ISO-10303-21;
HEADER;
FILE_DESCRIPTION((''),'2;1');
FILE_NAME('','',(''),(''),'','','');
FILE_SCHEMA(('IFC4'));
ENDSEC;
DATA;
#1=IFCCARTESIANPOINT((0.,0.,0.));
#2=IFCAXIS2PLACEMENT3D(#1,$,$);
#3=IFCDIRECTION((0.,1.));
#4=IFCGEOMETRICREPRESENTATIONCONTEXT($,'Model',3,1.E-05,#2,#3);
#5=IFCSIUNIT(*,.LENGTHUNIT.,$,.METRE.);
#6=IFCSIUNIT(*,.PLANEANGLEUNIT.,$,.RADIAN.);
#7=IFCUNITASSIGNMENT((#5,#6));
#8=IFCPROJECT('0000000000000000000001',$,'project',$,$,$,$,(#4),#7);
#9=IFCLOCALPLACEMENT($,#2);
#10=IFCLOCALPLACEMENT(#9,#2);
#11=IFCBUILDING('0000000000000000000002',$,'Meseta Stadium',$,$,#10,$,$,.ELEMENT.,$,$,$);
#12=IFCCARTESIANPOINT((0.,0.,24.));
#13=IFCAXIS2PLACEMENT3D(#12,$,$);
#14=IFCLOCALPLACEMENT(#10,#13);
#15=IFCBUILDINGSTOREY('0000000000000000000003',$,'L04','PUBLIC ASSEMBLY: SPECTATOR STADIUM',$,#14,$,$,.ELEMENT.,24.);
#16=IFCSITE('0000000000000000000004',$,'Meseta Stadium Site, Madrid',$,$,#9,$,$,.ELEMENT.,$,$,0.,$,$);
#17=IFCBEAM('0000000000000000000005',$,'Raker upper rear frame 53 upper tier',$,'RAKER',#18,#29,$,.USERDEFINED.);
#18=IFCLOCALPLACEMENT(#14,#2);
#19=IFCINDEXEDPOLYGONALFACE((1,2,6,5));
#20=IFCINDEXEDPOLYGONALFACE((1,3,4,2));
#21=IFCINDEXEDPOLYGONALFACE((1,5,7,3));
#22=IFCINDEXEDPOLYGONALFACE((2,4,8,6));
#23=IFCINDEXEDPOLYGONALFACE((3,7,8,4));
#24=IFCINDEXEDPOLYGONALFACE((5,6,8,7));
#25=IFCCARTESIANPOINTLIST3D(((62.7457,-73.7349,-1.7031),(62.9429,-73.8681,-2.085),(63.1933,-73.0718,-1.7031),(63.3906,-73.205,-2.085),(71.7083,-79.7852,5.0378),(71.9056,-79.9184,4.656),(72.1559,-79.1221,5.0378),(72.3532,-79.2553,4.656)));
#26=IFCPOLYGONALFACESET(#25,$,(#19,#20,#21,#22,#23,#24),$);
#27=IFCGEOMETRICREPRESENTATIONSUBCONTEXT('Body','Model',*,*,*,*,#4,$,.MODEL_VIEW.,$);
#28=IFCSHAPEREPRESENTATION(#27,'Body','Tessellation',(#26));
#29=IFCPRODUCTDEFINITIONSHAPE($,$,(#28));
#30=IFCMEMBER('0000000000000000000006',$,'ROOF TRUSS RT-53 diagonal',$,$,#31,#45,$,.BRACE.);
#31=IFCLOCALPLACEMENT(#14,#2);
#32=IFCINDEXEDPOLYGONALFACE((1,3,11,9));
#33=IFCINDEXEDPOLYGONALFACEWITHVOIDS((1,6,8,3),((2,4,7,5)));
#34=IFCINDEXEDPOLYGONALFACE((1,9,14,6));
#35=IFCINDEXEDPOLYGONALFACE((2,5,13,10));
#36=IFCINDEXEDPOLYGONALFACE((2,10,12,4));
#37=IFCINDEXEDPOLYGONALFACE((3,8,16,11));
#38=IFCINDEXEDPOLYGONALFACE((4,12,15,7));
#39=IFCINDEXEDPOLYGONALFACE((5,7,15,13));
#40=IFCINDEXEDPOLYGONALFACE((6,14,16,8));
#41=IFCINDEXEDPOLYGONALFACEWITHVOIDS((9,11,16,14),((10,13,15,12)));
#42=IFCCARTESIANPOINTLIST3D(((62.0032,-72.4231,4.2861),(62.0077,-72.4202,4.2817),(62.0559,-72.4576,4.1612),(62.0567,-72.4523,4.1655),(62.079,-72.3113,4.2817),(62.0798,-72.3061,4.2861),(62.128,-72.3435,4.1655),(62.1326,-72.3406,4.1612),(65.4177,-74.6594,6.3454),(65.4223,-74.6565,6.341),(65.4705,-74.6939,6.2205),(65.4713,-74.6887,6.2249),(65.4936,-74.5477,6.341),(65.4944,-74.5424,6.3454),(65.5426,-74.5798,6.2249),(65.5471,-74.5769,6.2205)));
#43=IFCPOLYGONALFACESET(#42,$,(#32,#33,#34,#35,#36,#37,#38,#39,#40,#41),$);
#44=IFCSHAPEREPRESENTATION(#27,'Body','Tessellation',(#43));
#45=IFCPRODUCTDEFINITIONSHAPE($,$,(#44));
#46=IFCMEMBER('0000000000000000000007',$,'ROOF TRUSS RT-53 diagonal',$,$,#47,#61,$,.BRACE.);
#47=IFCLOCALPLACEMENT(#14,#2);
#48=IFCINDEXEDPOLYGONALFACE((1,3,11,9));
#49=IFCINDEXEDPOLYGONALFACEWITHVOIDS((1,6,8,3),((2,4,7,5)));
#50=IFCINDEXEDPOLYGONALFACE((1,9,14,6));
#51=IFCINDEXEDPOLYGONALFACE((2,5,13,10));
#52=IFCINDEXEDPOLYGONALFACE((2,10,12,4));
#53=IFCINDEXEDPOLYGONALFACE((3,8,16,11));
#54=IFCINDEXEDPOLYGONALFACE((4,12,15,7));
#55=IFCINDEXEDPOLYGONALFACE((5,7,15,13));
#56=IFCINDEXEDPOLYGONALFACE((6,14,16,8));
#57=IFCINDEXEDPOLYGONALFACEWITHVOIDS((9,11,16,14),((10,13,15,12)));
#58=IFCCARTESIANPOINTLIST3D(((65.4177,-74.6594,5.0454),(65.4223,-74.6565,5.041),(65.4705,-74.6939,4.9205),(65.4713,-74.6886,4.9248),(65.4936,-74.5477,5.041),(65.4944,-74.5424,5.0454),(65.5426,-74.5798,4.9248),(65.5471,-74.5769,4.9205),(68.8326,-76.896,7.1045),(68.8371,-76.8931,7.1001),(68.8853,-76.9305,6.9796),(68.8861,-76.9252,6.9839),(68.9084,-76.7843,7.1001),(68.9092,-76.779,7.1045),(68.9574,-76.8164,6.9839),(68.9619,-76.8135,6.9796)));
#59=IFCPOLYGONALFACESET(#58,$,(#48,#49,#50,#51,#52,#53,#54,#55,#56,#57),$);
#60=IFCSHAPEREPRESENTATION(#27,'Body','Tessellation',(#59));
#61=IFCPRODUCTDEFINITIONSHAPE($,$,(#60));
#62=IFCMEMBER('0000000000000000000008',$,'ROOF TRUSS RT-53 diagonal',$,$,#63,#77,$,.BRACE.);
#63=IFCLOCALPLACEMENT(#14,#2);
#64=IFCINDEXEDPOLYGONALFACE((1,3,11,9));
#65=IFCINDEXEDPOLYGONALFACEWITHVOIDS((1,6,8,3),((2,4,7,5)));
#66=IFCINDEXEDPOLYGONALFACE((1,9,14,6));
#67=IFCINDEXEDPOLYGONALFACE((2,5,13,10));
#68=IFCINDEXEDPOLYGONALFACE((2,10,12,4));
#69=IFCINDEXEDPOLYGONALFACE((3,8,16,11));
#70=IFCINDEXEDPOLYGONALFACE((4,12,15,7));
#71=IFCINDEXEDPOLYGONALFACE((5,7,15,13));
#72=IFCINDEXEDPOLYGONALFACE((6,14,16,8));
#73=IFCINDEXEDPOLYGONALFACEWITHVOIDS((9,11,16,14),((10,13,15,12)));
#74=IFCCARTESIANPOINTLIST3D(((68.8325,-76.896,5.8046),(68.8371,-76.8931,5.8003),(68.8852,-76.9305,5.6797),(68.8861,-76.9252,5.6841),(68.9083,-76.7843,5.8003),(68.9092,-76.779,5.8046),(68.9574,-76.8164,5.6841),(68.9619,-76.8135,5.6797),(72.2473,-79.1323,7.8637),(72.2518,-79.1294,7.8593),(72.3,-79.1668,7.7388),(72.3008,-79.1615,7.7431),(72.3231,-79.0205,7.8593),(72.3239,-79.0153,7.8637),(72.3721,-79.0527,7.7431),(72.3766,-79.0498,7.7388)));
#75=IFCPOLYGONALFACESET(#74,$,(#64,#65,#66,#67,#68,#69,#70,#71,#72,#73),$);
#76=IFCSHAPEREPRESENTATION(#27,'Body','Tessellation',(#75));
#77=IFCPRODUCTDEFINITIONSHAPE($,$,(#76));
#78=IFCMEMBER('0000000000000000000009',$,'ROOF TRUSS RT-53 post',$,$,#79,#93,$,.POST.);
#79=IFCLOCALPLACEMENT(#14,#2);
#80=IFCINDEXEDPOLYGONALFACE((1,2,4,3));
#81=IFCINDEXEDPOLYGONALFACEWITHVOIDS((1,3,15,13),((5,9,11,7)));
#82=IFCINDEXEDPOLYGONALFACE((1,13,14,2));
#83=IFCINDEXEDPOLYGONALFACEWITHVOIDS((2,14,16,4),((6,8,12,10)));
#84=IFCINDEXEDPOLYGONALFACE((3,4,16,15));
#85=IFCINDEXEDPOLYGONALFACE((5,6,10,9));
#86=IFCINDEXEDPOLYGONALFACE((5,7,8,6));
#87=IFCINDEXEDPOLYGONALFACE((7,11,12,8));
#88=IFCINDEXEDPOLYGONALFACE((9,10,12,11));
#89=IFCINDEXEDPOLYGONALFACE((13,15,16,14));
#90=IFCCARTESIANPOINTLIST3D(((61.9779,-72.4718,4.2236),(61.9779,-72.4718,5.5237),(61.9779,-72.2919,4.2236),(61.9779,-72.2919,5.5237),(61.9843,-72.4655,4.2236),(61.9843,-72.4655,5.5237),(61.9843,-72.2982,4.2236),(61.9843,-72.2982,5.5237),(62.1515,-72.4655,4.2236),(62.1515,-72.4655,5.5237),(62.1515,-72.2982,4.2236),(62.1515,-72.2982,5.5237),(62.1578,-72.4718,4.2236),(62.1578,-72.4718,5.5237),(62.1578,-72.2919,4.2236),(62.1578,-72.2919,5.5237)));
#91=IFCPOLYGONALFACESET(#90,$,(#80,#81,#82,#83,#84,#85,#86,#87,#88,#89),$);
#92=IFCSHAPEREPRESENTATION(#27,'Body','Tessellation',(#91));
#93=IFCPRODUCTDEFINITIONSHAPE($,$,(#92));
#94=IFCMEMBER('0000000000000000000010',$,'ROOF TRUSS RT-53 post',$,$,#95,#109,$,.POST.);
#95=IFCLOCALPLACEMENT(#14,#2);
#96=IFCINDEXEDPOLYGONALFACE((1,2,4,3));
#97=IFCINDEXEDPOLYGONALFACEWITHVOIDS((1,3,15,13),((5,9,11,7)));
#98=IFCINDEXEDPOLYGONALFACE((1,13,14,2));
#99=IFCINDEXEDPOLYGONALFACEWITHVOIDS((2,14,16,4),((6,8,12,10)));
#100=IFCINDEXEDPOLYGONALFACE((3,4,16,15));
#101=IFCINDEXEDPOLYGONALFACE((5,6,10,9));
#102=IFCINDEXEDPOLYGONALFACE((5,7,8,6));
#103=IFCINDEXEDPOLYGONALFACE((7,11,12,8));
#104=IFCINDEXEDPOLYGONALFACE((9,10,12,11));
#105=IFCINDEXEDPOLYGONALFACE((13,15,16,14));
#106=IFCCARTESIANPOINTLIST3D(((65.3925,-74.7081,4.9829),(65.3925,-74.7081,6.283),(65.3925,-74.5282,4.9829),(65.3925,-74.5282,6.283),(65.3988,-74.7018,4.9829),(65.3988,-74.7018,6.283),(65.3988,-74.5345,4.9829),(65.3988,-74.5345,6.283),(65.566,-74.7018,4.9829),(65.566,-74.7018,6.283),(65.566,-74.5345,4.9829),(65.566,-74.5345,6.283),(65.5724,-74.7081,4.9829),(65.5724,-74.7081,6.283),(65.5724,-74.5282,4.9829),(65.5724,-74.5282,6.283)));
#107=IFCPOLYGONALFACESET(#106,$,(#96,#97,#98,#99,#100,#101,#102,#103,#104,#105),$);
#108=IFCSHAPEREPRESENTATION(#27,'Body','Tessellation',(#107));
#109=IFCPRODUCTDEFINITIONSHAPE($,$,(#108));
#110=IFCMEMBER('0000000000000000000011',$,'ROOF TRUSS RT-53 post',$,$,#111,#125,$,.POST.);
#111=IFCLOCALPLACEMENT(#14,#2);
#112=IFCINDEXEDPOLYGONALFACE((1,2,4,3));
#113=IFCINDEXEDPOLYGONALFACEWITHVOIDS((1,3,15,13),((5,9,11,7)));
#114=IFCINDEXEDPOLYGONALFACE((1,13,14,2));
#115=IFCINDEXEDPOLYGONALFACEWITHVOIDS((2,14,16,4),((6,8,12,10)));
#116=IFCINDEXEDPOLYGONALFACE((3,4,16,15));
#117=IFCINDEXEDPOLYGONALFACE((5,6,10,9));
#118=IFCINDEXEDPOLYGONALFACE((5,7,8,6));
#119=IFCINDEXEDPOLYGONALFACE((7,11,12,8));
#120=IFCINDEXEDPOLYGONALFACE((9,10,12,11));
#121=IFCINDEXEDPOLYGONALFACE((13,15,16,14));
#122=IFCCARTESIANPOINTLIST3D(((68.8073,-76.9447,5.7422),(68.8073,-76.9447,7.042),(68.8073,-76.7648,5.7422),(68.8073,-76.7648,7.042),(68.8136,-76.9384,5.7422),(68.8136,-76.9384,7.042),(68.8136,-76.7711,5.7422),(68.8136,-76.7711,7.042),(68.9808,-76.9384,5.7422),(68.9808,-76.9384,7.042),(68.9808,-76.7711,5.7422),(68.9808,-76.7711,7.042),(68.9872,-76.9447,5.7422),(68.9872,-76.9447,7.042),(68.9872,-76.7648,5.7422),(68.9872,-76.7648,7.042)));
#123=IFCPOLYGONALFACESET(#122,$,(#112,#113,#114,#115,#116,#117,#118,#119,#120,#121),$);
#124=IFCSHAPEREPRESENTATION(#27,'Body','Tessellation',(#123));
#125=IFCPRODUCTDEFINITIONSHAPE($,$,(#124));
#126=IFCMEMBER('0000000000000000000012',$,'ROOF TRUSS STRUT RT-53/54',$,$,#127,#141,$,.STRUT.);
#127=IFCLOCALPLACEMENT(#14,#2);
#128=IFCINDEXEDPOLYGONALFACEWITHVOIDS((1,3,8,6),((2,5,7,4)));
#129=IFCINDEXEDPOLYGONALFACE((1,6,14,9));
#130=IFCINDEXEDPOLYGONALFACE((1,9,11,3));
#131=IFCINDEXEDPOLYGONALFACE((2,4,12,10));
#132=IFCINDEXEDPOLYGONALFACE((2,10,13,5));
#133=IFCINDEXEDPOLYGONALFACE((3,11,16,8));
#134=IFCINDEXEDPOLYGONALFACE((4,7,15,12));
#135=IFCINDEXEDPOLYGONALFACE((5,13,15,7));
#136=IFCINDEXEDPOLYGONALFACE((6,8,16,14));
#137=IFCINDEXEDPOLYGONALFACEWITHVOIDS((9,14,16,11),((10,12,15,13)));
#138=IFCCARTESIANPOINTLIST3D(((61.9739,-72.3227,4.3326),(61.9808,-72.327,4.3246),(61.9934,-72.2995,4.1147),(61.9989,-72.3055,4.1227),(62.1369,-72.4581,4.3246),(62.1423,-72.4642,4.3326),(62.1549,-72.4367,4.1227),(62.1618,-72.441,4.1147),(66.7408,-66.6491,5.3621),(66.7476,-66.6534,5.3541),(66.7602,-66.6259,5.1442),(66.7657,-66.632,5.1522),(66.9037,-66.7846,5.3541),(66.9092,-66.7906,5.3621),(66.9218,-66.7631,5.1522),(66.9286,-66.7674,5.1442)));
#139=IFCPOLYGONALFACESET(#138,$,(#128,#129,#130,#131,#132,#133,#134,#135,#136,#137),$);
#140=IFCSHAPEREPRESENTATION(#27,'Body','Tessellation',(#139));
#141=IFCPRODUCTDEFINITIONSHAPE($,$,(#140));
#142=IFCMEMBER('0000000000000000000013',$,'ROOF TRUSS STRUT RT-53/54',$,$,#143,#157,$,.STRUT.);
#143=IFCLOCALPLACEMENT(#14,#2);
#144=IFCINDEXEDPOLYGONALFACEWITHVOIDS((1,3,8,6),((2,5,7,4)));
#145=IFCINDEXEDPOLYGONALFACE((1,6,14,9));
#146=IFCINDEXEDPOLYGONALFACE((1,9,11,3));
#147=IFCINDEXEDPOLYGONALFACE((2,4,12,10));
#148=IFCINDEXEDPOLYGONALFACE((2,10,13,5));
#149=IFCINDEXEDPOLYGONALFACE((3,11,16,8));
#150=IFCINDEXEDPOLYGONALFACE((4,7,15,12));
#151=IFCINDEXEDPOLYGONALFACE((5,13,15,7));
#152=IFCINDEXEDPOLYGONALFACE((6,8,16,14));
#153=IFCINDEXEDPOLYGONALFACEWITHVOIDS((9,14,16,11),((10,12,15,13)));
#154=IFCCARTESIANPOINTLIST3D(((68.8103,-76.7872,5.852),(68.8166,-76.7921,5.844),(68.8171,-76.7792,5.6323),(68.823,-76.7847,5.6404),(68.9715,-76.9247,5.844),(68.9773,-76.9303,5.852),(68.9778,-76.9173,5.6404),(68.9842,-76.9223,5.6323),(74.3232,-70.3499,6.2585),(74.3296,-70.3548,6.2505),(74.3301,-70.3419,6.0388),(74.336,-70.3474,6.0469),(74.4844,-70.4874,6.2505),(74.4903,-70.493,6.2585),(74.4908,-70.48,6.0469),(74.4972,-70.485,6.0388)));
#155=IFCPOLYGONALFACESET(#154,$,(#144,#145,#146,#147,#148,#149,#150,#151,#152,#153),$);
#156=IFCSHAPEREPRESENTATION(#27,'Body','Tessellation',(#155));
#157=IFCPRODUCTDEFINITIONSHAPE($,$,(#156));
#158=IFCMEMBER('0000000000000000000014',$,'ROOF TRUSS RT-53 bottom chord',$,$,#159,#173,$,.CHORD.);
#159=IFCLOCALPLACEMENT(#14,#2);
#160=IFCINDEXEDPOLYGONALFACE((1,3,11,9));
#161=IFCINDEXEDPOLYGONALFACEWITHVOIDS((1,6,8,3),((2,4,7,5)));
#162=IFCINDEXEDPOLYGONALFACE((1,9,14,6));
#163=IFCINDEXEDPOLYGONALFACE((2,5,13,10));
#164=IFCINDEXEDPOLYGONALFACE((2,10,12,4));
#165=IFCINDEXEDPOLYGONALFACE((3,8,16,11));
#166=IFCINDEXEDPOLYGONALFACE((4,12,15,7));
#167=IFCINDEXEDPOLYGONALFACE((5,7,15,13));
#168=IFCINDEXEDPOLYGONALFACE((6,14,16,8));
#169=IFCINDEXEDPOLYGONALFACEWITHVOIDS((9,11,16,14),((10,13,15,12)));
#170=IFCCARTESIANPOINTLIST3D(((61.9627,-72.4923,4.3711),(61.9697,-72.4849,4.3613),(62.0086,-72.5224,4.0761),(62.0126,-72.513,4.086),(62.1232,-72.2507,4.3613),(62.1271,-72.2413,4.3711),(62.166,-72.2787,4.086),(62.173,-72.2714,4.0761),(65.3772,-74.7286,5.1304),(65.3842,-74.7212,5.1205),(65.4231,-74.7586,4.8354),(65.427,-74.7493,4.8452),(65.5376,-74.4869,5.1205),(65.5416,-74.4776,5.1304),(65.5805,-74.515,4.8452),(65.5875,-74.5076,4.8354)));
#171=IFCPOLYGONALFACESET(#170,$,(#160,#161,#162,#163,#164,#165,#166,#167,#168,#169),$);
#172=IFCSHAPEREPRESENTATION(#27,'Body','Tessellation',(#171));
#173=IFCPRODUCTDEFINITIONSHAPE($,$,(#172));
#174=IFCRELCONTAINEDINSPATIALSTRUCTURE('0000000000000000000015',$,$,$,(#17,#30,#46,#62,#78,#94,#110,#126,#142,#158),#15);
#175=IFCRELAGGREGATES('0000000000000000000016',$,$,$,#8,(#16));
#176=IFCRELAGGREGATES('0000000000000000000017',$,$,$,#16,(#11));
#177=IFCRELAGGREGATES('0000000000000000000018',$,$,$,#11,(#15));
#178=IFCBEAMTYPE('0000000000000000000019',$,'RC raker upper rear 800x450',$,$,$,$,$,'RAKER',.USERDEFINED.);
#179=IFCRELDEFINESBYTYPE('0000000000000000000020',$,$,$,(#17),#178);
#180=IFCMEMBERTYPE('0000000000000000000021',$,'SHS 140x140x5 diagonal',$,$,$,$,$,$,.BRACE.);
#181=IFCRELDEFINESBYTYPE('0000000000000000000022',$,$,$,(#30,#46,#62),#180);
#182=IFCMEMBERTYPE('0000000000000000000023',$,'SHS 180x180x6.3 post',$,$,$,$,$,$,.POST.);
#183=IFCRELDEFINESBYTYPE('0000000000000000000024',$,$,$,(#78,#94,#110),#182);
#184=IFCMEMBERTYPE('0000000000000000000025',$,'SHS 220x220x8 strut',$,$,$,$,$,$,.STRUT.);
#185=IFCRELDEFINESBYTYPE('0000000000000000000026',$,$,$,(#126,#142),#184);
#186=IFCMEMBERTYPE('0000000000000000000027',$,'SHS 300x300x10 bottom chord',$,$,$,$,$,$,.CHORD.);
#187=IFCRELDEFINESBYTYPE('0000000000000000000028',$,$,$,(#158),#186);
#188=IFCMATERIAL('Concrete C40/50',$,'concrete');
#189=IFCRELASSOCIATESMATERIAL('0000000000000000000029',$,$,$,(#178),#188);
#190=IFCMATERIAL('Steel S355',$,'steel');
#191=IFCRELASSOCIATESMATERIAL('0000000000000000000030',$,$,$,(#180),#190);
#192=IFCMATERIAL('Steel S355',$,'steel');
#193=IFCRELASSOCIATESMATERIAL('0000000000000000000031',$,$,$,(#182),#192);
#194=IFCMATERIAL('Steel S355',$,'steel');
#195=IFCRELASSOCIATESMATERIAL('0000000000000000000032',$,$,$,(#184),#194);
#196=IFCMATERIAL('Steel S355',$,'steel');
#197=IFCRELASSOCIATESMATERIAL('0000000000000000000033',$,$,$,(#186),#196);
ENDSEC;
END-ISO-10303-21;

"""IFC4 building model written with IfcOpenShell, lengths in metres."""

from ifc_helpers import new_model, si_unit, direction, frame, origin, origin_2d, place, context, subcontext, project, spatial, rectangle, hollow_rectangle, extrude, material, material_profile, profile_set, type_object, element, save


model = new_model("IFC4")

# Units and contexts
model_context = context("Model", 3, precision=1e-05, world=origin(), true_north=direction((0.0, 1.0)))
body_context = subcontext(model_context, "Body", "Model", "MODEL_VIEW")
ifc_project = project(units=[si_unit("LENGTHUNIT", "METRE"), si_unit("PLANEANGLEUNIT", "RADIAN")], contexts=[model_context])

# Site, building, storey
site_placement = place(None, origin())
site = spatial("IfcSite", under=ifc_project, at=site_placement, Name="Meseta Stadium Site, Madrid", CompositionType="ELEMENT", RefElevation=0.0)
building_placement = place(site_placement, origin())
building = spatial("IfcBuilding", under=site, at=building_placement, Name="Meseta Stadium", CompositionType="ELEMENT")
storey_placement = place(building_placement, frame((0.0, 0.0, 24.0)))
storey = spatial("IfcBuildingStorey", under=building, at=storey_placement, Name="L04", Description="PUBLIC ASSEMBLY: SPECTATOR STADIUM", CompositionType="ELEMENT", Elevation=24.0)

# Beam
ifc_material_1 = material(Name="Concrete C40/50", Category="concrete")
ifc_material_profile_1 = material_profile(ifc_material_1, rectangle(XDim=0.8, YDim=0.45, at=origin_2d()), Name="RC 800x450")
ifc_profile_set_1 = profile_set([ifc_material_profile_1], Name="Concrete C40/50")
beam_type = type_object("IfcBeamType", Name="RC raker upper rear 800x450", ElementType="RAKER", PredefinedType="USERDEFINED", material=ifc_profile_set_1)
beam_placement = place(storey_placement, frame((63.0681, -73.47, -1.894), z_axis=(0.703357, -0.474806, 0.529007), x_axis=(0.559505, 0.828827, 0.0)))
element("IfcBeam", 1, at=beam_placement, inside=storey, type_object=beam_type, Name="Raker upper rear frame 53 upper tier", ObjectType="RAKER", PredefinedType="USERDEFINED", context=body_context, shape_type="SweptSolid", body=[
    extrude(rectangle(XDim=0.8, YDim=0.45, at=origin_2d()), origin(), (0.0, 0.0, 1.0), 12.7427),
])

# Members
ifc_material_2 = material(Name="Steel S355", Category="steel")
ifc_material_profile_2 = material_profile(ifc_material_2, hollow_rectangle(XDim=0.1399, YDim=0.1399, WallThickness=0.0049, at=origin_2d()), Name="SHS 140x140x5")
ifc_profile_set_2 = profile_set([ifc_material_profile_2], Name="Steel S355")
member_type_1 = type_object("IfcMemberType", Name="SHS 140x140x5 diagonal", PredefinedType="BRACE", material=ifc_profile_set_2)
member_1_placement = place(storey_placement, frame((62.0679, -72.3818, 4.2236), z_axis=(0.746876, -0.489159, 0.450443), x_axis=(0.547891, 0.83655, 0.0)))
element("IfcMember", 2, at=member_1_placement, inside=storey, type_object=member_type_1, Name="ROOF TRUSS RT-53 diagonal", PredefinedType="BRACE", context=body_context, shape_type="SweptSolid", body=[
    extrude(hollow_rectangle(XDim=0.1399, YDim=0.1399, WallThickness=0.0049, at=origin_2d()), origin(), (0.0, 0.0, 1.0), 4.5718),
])
member_2_placement = place(storey_placement, frame((65.4824, -74.6182, 4.9829), z_axis=(0.746898, -0.489192, 0.450371), x_axis=(0.547905, 0.836541, 0.0)))
element("IfcMember", 3, at=member_2_placement, inside=storey, type_object=member_type_1, Name="ROOF TRUSS RT-53 diagonal", PredefinedType="BRACE", context=body_context, shape_type="SweptSolid", body=[
    extrude(hollow_rectangle(XDim=0.1399, YDim=0.1399, WallThickness=0.0049, at=origin_2d()), origin(), (0.0, 0.0, 1.0), 4.572),
])
member_3_placement = place(storey_placement, frame((68.8972, -76.8547, 5.7422), z_axis=(0.746918, -0.489152, 0.450383), x_axis=(0.547863, 0.836568, 0.0)))
element("IfcMember", 4, at=member_3_placement, inside=storey, type_object=member_type_1, Name="ROOF TRUSS RT-53 diagonal", PredefinedType="BRACE", context=body_context, shape_type="SweptSolid", body=[
    extrude(hollow_rectangle(XDim=0.1399, YDim=0.1399, WallThickness=0.0049, at=origin_2d()), origin(), (0.0, 0.0, 1.0), 4.5718),
])
ifc_material_3 = material(Name="Steel S355", Category="steel")
ifc_material_profile_3 = material_profile(ifc_material_3, hollow_rectangle(XDim=0.1799, YDim=0.1799, WallThickness=0.0063, at=origin_2d()), Name="SHS 180x180x6.3")
ifc_profile_set_3 = profile_set([ifc_material_profile_3], Name="Steel S355")
member_type_2 = type_object("IfcMemberType", Name="SHS 180x180x6.3 post", PredefinedType="POST", material=ifc_profile_set_3)
for number, where, z_axis, x_axis, name in (
    (5, (62.0679, -72.3818, 4.2236), (0.0, 0.0, 1.0), (1.0, 0.0, 0.0), "ROOF TRUSS RT-53 post"),
    (6, (65.4824, -74.6182, 4.9829), (0.0, 0.0, 1.0), (1.0, 0.0, 0.0), "ROOF TRUSS RT-53 post"),
):
    element("IfcMember", number, at=place(storey_placement, frame(where, z_axis=z_axis, x_axis=x_axis)), inside=storey, type_object=member_type_2, Name=name, PredefinedType="POST", context=body_context, shape_type="SweptSolid", body=[
        extrude(hollow_rectangle(XDim=0.1799, YDim=0.1799, WallThickness=0.0063, at=origin_2d()), origin(), (0.0, 0.0, 1.0), 1.3),
    ])
member_4_placement = place(storey_placement, frame((68.8972, -76.8547, 5.7422), z_axis=(0.0, 0.0, 1.0), x_axis=(1.0, 0.0, 0.0)))
element("IfcMember", 7, at=member_4_placement, inside=storey, type_object=member_type_2, Name="ROOF TRUSS RT-53 post", PredefinedType="POST", context=body_context, shape_type="SweptSolid", body=[
    extrude(hollow_rectangle(XDim=0.1799, YDim=0.1799, WallThickness=0.0063, at=origin_2d()), origin(), (0.0, 0.0, 1.0), 1.2998),
])
ifc_material_4 = material(Name="Steel S355", Category="steel")
ifc_material_profile_4 = material_profile(ifc_material_4, hollow_rectangle(XDim=0.22, YDim=0.22, WallThickness=0.0081, at=origin_2d()), Name="SHS 220x220x8")
ifc_profile_set_4 = profile_set([ifc_material_profile_4], Name="Steel S355")
member_type_3 = type_object("IfcMemberType", Name="SHS 220x220x8 strut", PredefinedType="STRUT", material=ifc_profile_set_4)
member_5_placement = place(storey_placement, frame((62.0679, -72.3818, 4.2236), z_axis=(0.637154, 0.758352, 0.137612), x_axis=(-0.765636, 0.643274, 0.0)))
element("IfcMember", 8, at=member_5_placement, inside=storey, type_object=member_type_3, Name="ROOF TRUSS STRUT RT-53/54", PredefinedType="STRUT", context=body_context, shape_type="SweptSolid", body=[
    extrude(hollow_rectangle(XDim=0.22, YDim=0.22, WallThickness=0.0081, at=origin_2d()), origin(), (0.0, 0.0, 1.0), 7.4814),
])
member_6_placement = place(storey_placement, frame((68.8972, -76.8547, 5.7422), z_axis=(0.649724, 0.758659, 0.047907), x_axis=(-0.759531, 0.650471, 0.0)))
element("IfcMember", 9, at=member_6_placement, inside=storey, type_object=member_type_3, Name="ROOF TRUSS STRUT RT-53/54", PredefinedType="STRUT", context=body_context, shape_type="SweptSolid", body=[
    extrude(hollow_rectangle(XDim=0.22, YDim=0.22, WallThickness=0.0081, at=origin_2d()), origin(), (0.0, 0.0, 1.0), 8.4851),
])
ifc_material_5 = material(Name="Steel S355", Category="steel")
ifc_material_profile_5 = material_profile(ifc_material_5, hollow_rectangle(XDim=0.3, YDim=0.3, WallThickness=0.01, at=origin_2d()), Name="SHS 300x300x10")
ifc_profile_set_5 = profile_set([ifc_material_profile_5], Name="Steel S355")
member_type_4 = type_object("IfcMemberType", Name="SHS 300x300x10 bottom chord", PredefinedType="CHORD", material=ifc_profile_set_5)
member_7_placement = place(storey_placement, frame((62.0679, -72.3818, 4.2236), z_axis=(0.822441, -0.53865, 0.182882), x_axis=(0.547891, 0.83655, 0.0)))
element("IfcMember", 10, at=member_7_placement, inside=storey, type_object=member_type_4, Name="ROOF TRUSS RT-53 bottom chord", PredefinedType="CHORD", context=body_context, shape_type="SweptSolid", body=[
    extrude(hollow_rectangle(XDim=0.3, YDim=0.3, WallThickness=0.01, at=origin_2d()), origin(), (0.0, 0.0, 1.0), 4.1516),
])

save(model, "model.ifc")
